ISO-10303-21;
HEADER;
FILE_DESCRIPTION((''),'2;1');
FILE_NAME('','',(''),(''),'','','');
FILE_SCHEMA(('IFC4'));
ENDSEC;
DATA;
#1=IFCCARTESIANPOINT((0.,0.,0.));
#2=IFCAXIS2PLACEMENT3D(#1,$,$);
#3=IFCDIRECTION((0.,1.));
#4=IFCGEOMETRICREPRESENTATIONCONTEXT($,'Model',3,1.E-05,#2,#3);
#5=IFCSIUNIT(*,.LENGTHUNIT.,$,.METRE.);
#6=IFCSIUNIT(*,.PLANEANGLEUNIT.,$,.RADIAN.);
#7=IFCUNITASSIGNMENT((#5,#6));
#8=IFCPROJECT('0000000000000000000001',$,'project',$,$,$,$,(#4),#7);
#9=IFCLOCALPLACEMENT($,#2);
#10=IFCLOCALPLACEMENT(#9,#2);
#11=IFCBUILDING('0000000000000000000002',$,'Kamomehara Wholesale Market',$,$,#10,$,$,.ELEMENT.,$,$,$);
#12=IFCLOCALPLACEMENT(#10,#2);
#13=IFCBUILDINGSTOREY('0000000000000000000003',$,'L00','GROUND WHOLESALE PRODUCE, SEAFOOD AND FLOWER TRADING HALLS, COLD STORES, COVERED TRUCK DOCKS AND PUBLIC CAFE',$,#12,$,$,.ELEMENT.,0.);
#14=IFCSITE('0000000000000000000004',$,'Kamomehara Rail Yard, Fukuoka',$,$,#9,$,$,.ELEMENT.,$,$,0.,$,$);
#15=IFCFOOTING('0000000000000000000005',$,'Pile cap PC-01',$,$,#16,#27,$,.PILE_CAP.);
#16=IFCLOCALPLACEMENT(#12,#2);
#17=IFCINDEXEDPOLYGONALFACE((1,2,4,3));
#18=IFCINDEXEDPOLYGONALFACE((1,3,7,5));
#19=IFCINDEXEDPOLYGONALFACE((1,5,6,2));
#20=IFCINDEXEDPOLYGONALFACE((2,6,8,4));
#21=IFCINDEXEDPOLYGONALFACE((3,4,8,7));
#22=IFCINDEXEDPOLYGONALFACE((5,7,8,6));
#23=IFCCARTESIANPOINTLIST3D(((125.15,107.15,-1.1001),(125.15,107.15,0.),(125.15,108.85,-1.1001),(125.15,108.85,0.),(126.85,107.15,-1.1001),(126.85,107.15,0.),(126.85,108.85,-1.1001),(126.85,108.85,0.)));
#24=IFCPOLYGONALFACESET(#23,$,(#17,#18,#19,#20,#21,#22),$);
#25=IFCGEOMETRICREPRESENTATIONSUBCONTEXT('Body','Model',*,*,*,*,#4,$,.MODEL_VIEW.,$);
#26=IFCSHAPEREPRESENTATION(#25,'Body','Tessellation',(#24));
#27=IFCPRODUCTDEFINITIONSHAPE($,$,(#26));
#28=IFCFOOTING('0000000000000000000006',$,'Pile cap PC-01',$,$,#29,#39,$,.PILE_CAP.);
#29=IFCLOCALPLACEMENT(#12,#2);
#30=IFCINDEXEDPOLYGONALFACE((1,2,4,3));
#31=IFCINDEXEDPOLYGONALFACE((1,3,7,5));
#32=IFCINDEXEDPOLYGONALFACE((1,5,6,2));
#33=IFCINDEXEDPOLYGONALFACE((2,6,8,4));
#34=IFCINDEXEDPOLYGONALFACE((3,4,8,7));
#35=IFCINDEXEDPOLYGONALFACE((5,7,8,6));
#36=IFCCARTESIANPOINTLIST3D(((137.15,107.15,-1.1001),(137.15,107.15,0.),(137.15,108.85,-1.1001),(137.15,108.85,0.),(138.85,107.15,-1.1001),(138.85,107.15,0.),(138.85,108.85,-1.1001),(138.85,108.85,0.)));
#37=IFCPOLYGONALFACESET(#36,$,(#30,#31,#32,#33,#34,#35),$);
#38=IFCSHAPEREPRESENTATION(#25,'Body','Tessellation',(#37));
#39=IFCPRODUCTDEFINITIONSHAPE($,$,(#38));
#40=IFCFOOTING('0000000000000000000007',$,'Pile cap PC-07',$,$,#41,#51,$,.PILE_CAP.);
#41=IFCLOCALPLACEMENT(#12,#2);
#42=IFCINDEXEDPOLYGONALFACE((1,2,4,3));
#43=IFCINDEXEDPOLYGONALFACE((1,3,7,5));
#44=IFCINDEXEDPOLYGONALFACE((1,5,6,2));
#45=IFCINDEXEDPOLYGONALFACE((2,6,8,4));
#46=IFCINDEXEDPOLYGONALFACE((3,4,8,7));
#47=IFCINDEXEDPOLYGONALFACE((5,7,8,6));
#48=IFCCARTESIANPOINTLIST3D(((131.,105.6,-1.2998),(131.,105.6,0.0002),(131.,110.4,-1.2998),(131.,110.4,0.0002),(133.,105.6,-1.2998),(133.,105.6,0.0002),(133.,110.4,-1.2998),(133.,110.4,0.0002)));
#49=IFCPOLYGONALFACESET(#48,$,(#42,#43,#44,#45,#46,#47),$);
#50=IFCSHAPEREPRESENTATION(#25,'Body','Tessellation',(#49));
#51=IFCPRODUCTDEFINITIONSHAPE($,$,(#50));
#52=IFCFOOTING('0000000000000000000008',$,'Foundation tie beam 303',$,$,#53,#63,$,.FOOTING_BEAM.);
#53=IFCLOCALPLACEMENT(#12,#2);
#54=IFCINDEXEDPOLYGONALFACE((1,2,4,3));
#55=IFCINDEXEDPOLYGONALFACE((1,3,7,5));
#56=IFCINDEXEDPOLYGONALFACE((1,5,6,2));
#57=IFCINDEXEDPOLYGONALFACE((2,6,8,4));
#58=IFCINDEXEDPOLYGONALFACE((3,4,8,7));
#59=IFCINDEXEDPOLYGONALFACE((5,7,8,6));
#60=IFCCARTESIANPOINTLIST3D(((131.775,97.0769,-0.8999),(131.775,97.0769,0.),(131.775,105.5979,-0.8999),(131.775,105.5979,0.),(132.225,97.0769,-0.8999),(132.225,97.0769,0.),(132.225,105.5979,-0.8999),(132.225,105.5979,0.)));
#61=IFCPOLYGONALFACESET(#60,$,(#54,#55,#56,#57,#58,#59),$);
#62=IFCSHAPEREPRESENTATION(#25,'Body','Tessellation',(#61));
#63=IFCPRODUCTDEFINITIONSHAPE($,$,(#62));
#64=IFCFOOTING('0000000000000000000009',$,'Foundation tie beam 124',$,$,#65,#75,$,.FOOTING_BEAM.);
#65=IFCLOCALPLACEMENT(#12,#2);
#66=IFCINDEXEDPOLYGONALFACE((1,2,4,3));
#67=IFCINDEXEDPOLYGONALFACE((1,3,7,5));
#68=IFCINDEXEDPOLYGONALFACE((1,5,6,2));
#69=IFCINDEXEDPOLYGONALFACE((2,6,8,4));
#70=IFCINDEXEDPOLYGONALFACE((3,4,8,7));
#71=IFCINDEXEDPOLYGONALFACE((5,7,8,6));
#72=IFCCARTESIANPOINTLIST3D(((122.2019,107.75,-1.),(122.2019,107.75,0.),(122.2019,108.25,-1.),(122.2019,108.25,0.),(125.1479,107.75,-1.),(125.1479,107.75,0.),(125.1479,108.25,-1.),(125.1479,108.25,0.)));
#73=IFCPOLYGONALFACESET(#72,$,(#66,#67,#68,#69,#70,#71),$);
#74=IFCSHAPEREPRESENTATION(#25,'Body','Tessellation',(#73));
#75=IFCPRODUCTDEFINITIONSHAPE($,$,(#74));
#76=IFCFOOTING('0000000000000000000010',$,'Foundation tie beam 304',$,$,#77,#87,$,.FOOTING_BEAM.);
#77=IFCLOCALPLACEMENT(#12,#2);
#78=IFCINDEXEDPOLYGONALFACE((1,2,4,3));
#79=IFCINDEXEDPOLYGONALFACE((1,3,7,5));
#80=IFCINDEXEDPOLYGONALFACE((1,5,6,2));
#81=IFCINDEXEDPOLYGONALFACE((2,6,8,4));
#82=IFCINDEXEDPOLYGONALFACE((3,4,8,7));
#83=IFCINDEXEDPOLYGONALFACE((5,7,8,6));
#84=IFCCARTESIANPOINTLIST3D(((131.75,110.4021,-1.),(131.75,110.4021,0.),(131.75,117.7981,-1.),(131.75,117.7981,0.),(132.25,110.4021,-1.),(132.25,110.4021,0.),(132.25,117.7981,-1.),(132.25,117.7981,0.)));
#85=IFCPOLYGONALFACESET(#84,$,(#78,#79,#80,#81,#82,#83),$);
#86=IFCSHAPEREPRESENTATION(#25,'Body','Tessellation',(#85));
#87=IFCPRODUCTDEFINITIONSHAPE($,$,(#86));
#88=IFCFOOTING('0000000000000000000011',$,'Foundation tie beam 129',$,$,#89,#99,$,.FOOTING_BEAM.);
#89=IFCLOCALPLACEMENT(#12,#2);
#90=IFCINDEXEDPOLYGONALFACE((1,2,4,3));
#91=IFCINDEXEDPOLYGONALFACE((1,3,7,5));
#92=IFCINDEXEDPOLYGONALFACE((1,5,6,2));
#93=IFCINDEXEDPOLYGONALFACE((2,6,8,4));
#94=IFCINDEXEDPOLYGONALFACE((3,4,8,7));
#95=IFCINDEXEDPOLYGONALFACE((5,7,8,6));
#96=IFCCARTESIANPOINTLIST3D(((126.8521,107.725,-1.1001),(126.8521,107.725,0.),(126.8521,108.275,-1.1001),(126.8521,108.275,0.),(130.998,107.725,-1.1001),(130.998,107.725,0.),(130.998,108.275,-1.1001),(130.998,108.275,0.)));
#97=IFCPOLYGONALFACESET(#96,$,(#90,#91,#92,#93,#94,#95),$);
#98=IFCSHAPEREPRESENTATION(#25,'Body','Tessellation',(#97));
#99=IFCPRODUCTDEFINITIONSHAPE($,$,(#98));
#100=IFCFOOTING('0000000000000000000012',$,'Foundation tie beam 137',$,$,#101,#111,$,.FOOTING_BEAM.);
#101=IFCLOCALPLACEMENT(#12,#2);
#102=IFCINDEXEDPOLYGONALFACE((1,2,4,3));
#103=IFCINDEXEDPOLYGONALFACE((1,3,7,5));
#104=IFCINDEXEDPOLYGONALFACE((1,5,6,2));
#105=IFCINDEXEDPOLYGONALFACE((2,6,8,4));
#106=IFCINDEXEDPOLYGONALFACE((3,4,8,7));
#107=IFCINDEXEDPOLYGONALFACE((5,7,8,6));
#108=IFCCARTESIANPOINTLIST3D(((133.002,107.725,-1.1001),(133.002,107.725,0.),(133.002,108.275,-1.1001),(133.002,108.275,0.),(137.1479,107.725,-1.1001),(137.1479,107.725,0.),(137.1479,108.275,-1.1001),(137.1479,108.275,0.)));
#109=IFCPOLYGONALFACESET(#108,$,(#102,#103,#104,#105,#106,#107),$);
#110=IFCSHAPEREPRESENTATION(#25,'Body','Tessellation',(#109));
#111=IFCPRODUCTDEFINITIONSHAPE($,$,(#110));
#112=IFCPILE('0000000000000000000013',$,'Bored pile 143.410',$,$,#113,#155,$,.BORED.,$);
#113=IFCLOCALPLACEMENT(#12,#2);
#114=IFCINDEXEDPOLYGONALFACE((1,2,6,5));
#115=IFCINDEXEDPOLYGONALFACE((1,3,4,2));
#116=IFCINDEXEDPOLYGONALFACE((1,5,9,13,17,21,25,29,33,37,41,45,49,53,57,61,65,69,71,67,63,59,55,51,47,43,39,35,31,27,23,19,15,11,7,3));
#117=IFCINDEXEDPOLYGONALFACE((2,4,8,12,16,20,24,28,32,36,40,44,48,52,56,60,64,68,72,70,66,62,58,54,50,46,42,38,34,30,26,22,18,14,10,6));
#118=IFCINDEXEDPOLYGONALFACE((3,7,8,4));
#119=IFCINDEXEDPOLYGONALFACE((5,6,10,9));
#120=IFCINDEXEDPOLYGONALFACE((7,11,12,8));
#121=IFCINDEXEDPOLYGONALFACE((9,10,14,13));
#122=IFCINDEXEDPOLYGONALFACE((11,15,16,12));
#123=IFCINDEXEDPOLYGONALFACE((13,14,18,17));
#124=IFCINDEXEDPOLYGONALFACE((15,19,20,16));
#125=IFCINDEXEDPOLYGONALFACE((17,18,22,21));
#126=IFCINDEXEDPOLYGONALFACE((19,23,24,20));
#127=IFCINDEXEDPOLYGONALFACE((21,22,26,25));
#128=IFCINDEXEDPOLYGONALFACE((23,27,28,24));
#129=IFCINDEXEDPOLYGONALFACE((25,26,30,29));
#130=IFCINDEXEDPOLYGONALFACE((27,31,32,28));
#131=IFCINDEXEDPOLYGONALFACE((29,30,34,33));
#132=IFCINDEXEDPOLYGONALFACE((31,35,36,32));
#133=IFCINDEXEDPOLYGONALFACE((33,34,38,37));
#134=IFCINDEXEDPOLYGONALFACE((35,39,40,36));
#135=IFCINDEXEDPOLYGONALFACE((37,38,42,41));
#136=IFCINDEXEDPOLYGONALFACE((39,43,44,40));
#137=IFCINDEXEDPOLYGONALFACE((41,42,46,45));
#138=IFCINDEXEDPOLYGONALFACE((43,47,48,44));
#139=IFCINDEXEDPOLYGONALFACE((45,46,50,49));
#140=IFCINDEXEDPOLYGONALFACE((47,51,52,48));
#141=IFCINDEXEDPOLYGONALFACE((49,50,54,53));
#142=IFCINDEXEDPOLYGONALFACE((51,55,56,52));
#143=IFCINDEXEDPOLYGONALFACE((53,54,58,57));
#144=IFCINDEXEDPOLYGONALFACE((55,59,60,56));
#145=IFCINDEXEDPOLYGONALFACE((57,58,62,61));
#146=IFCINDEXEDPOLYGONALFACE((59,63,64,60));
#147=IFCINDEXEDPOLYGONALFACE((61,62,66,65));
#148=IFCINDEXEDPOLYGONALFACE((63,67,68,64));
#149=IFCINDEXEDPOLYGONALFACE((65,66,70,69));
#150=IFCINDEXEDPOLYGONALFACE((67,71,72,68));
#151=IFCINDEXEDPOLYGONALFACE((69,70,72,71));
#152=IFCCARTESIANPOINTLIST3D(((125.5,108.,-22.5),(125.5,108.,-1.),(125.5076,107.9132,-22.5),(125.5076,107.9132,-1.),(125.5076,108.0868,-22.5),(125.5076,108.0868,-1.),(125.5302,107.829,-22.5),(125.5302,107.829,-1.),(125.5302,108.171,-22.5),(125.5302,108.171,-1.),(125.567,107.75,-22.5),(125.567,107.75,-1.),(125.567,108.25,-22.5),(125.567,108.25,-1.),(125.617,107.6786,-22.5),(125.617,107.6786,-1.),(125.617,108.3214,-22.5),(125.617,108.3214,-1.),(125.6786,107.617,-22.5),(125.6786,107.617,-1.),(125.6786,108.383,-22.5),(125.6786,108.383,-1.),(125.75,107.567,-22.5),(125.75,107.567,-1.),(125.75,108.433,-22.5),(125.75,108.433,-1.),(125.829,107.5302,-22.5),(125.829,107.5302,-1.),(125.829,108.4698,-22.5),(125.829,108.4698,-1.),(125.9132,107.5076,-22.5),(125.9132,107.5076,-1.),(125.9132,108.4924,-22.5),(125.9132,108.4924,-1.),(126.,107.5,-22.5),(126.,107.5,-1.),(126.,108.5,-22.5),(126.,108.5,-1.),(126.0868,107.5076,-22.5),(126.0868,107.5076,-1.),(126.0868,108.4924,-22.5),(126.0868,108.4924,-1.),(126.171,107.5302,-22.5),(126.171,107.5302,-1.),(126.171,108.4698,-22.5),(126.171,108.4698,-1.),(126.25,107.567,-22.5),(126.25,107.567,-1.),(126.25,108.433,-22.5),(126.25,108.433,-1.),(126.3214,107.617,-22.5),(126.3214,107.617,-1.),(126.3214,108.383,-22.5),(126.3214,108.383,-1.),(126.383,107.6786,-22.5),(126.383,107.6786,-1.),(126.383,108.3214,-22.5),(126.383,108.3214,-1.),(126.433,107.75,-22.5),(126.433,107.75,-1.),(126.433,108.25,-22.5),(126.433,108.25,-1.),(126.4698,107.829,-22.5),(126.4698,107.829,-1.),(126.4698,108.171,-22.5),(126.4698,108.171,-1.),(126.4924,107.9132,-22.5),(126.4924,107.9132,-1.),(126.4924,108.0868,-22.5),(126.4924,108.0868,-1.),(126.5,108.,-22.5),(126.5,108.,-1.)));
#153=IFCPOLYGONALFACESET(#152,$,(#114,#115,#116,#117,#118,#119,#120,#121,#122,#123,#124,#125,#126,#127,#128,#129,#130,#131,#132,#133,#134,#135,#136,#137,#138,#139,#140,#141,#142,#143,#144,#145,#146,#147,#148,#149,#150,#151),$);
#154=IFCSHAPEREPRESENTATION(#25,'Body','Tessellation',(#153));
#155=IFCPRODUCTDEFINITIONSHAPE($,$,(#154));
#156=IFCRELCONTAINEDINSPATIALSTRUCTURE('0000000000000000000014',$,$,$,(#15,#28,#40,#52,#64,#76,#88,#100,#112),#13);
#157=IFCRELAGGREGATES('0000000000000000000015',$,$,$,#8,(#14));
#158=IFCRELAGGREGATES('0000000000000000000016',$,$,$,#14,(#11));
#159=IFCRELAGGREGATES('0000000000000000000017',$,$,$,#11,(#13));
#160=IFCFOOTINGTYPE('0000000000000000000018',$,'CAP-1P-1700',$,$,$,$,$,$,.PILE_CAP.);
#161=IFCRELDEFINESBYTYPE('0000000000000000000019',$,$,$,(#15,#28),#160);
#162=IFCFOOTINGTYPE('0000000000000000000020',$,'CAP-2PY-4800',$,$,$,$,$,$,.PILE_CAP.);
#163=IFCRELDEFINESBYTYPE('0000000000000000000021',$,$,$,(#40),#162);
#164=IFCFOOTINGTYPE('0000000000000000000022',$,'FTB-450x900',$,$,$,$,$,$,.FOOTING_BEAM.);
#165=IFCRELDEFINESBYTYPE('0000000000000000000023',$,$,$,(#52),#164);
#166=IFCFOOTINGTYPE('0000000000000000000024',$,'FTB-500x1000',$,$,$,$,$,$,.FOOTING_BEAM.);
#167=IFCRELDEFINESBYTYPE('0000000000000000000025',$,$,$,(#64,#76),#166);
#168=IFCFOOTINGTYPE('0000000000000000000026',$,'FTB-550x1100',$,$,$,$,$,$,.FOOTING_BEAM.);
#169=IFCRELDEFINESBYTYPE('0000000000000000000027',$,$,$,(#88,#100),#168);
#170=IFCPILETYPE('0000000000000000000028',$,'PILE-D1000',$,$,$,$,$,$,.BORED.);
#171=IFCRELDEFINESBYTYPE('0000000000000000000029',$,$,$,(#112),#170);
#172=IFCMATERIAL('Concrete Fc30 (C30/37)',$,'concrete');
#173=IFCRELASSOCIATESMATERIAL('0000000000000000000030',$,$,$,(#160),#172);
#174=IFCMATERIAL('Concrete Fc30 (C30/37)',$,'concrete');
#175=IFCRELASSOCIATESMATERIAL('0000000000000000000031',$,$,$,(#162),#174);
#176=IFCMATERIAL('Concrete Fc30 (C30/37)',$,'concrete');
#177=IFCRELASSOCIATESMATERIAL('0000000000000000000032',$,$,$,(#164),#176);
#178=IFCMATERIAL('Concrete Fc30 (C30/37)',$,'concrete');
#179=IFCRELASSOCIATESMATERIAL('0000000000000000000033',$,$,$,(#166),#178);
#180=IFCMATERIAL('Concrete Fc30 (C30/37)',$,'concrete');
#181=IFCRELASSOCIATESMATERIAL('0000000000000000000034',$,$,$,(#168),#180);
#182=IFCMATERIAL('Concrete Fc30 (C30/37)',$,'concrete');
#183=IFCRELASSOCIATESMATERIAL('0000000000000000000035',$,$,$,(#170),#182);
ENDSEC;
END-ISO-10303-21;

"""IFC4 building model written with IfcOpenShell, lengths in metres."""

from ifc_helpers import new_model, si_unit, direction, frame, origin, origin_2d, place, context, subcontext, project, spatial, rectangle, circle, extrude, material, material_profile, profile_set, type_object, element, save


model = new_model("IFC4")

# Units and contexts
model_context = context("Model", 3, precision=1e-05, world=origin(), true_north=direction((0.0, 1.0)))
body_context = subcontext(model_context, "Body", "Model", "MODEL_VIEW")
ifc_project = project(units=[si_unit("LENGTHUNIT", "METRE"), si_unit("PLANEANGLEUNIT", "RADIAN")], contexts=[model_context])

# Site, building, storey
site_placement = place(None, origin())
site = spatial("IfcSite", under=ifc_project, at=site_placement, Name="Kamomehara Rail Yard, Fukuoka", CompositionType="ELEMENT", RefElevation=0.0)
building_placement = place(site_placement, origin())
building = spatial("IfcBuilding", under=site, at=building_placement, Name="Kamomehara Wholesale Market", CompositionType="ELEMENT")
storey_placement = place(building_placement, origin())
storey = spatial("IfcBuildingStorey", under=building, at=storey_placement, Name="L00", Description="GROUND WHOLESALE PRODUCE, SEAFOOD AND FLOWER TRADING HALLS, COLD STORES, COVERED TRUCK DOCKS AND PUBLIC CAFE", CompositionType="ELEMENT", Elevation=0.0)

# Footings
ifc_material_1 = material(Name="Concrete Fc30 (C30/37)", Category="concrete")
footing_type_1 = type_object("IfcFootingType", Name="CAP-1P-1700", PredefinedType="PILE_CAP", material=ifc_material_1)
for number, where, z_axis, x_axis, name in (
    (1, (126.0, 108.0, -1.1001), (0.0, 0.0, 1.0), (1.0, 0.0, 0.0), "Pile cap PC-01"),
    (2, (138.0, 108.0, -1.1001), (0.0, 0.0, 1.0), (1.0, 0.0, 0.0), "Pile cap PC-01"),
):
    element("IfcFooting", number, at=place(storey_placement, frame(where, z_axis=z_axis, x_axis=x_axis)), inside=storey, type_object=footing_type_1, Name=name, PredefinedType="PILE_CAP", context=body_context, shape_type="SweptSolid", body=[
        extrude(rectangle(XDim=1.7, YDim=1.7, at=origin_2d()), origin(), (0.0, 0.0, 1.0), 1.1001),
    ])
ifc_material_2 = material(Name="Concrete Fc30 (C30/37)", Category="concrete")
footing_type_2 = type_object("IfcFootingType", Name="CAP-2PY-4800", PredefinedType="PILE_CAP", material=ifc_material_2)
footing_1_placement = place(storey_placement, frame((132.0, 108.0, -1.2998), z_axis=(0.0, 0.0, 1.0), x_axis=(1.0, 0.0, 0.0)))
element("IfcFooting", 3, at=footing_1_placement, inside=storey, type_object=footing_type_2, Name="Pile cap PC-07", PredefinedType="PILE_CAP", context=body_context, shape_type="SweptSolid", body=[
    extrude(rectangle(XDim=2.0, YDim=4.8, at=origin_2d()), origin(), (0.0, 0.0, 1.0), 1.3),
])
ifc_material_3 = material(Name="Concrete Fc30 (C30/37)", Category="concrete")
ifc_material_profile_1 = material_profile(ifc_material_3, rectangle(XDim=0.45, YDim=0.8999, at=origin_2d()), Name="RC-FTB-450x900")
ifc_profile_set_1 = profile_set([ifc_material_profile_1], Name="Concrete Fc30 (C30/37)")
footing_type_3 = type_object("IfcFootingType", Name="FTB-450x900", PredefinedType="FOOTING_BEAM", material=ifc_profile_set_1)
footing_2_placement = place(storey_placement, frame((132.0, 97.0769, -0.45), z_axis=(0.0, 1.0, 0.0), x_axis=(-1.0, 0.0, 0.0)))
element("IfcFooting", 4, at=footing_2_placement, inside=storey, type_object=footing_type_3, Name="Foundation tie beam 303", PredefinedType="FOOTING_BEAM", context=body_context, shape_type="SweptSolid", body=[
    extrude(rectangle(XDim=0.45, YDim=0.8999, at=origin_2d()), origin(), (0.0, 0.0, 1.0), 8.521),
])
ifc_material_4 = material(Name="Concrete Fc30 (C30/37)", Category="concrete")
ifc_material_profile_2 = material_profile(ifc_material_4, rectangle(XDim=0.5, YDim=1.0, at=origin_2d()), Name="RC-FTB-500x1000")
ifc_profile_set_2 = profile_set([ifc_material_profile_2], Name="Concrete Fc30 (C30/37)")
footing_type_4 = type_object("IfcFootingType", Name="FTB-500x1000", PredefinedType="FOOTING_BEAM", material=ifc_profile_set_2)
footing_3_placement = place(storey_placement, frame((122.2019, 108.0, -0.5), z_axis=(1.0, 0.0, 0.0), x_axis=(0.0, 1.0, 0.0)))
element("IfcFooting", 5, at=footing_3_placement, inside=storey, type_object=footing_type_4, Name="Foundation tie beam 124", PredefinedType="FOOTING_BEAM", context=body_context, shape_type="SweptSolid", body=[
    extrude(rectangle(XDim=0.5, YDim=1.0, at=origin_2d()), origin(), (0.0, 0.0, 1.0), 2.946),
])
footing_4_placement = place(storey_placement, frame((132.0, 110.4021, -0.5), z_axis=(0.0, 1.0, 0.0), x_axis=(-1.0, 0.0, 0.0)))
element("IfcFooting", 6, at=footing_4_placement, inside=storey, type_object=footing_type_4, Name="Foundation tie beam 304", PredefinedType="FOOTING_BEAM", context=body_context, shape_type="SweptSolid", body=[
    extrude(rectangle(XDim=0.5, YDim=1.0, at=origin_2d()), origin(), (0.0, 0.0, 1.0), 7.396),
])
ifc_material_5 = material(Name="Concrete Fc30 (C30/37)", Category="concrete")
ifc_material_profile_3 = material_profile(ifc_material_5, rectangle(XDim=0.55, YDim=1.1001, at=origin_2d()), Name="RC-FTB-550x1100")
ifc_profile_set_3 = profile_set([ifc_material_profile_3], Name="Concrete Fc30 (C30/37)")
footing_type_5 = type_object("IfcFootingType", Name="FTB-550x1100", PredefinedType="FOOTING_BEAM", material=ifc_profile_set_3)
for number, where, z_axis, x_axis, name in (
    (7, (126.8521, 108.0, -0.55), (1.0, 0.0, 0.0), (0.0, 1.0, 0.0), "Foundation tie beam 129"),
    (8, (133.002, 108.0, -0.55), (1.0, 0.0, 0.0), (0.0, 1.0, 0.0), "Foundation tie beam 137"),
):
    element("IfcFooting", number, at=place(storey_placement, frame(where, z_axis=z_axis, x_axis=x_axis)), inside=storey, type_object=footing_type_5, Name=name, PredefinedType="FOOTING_BEAM", context=body_context, shape_type="SweptSolid", body=[
        extrude(rectangle(XDim=0.55, YDim=1.1001, at=origin_2d()), origin(), (0.0, 0.0, 1.0), 4.146),
    ])

# Pile
ifc_material_6 = material(Name="Concrete Fc30 (C30/37)", Category="concrete")
ifc_material_profile_4 = material_profile(ifc_material_6, circle(Radius=0.5, at=origin_2d()), Name="RC-PILE-D1000")
ifc_profile_set_4 = profile_set([ifc_material_profile_4], Name="Concrete Fc30 (C30/37)")
pile_type_1 = type_object("IfcPileType", Name="PILE-D1000", PredefinedType="BORED", material=ifc_profile_set_4)
pile_placement = place(storey_placement, frame((126.0, 108.0, -1.0), z_axis=(0.0, 0.0, -1.0), x_axis=(1.0, 0.0, 0.0)))
element("IfcPile", 9, at=pile_placement, inside=storey, type_object=pile_type_1, Name="Bored pile 143.410", PredefinedType="BORED", context=body_context, shape_type="SweptSolid", body=[
    extrude(circle(Radius=0.5, at=origin_2d()), origin(), (0.0, 0.0, 1.0), 21.5),
])

save(model, "model.ifc")
